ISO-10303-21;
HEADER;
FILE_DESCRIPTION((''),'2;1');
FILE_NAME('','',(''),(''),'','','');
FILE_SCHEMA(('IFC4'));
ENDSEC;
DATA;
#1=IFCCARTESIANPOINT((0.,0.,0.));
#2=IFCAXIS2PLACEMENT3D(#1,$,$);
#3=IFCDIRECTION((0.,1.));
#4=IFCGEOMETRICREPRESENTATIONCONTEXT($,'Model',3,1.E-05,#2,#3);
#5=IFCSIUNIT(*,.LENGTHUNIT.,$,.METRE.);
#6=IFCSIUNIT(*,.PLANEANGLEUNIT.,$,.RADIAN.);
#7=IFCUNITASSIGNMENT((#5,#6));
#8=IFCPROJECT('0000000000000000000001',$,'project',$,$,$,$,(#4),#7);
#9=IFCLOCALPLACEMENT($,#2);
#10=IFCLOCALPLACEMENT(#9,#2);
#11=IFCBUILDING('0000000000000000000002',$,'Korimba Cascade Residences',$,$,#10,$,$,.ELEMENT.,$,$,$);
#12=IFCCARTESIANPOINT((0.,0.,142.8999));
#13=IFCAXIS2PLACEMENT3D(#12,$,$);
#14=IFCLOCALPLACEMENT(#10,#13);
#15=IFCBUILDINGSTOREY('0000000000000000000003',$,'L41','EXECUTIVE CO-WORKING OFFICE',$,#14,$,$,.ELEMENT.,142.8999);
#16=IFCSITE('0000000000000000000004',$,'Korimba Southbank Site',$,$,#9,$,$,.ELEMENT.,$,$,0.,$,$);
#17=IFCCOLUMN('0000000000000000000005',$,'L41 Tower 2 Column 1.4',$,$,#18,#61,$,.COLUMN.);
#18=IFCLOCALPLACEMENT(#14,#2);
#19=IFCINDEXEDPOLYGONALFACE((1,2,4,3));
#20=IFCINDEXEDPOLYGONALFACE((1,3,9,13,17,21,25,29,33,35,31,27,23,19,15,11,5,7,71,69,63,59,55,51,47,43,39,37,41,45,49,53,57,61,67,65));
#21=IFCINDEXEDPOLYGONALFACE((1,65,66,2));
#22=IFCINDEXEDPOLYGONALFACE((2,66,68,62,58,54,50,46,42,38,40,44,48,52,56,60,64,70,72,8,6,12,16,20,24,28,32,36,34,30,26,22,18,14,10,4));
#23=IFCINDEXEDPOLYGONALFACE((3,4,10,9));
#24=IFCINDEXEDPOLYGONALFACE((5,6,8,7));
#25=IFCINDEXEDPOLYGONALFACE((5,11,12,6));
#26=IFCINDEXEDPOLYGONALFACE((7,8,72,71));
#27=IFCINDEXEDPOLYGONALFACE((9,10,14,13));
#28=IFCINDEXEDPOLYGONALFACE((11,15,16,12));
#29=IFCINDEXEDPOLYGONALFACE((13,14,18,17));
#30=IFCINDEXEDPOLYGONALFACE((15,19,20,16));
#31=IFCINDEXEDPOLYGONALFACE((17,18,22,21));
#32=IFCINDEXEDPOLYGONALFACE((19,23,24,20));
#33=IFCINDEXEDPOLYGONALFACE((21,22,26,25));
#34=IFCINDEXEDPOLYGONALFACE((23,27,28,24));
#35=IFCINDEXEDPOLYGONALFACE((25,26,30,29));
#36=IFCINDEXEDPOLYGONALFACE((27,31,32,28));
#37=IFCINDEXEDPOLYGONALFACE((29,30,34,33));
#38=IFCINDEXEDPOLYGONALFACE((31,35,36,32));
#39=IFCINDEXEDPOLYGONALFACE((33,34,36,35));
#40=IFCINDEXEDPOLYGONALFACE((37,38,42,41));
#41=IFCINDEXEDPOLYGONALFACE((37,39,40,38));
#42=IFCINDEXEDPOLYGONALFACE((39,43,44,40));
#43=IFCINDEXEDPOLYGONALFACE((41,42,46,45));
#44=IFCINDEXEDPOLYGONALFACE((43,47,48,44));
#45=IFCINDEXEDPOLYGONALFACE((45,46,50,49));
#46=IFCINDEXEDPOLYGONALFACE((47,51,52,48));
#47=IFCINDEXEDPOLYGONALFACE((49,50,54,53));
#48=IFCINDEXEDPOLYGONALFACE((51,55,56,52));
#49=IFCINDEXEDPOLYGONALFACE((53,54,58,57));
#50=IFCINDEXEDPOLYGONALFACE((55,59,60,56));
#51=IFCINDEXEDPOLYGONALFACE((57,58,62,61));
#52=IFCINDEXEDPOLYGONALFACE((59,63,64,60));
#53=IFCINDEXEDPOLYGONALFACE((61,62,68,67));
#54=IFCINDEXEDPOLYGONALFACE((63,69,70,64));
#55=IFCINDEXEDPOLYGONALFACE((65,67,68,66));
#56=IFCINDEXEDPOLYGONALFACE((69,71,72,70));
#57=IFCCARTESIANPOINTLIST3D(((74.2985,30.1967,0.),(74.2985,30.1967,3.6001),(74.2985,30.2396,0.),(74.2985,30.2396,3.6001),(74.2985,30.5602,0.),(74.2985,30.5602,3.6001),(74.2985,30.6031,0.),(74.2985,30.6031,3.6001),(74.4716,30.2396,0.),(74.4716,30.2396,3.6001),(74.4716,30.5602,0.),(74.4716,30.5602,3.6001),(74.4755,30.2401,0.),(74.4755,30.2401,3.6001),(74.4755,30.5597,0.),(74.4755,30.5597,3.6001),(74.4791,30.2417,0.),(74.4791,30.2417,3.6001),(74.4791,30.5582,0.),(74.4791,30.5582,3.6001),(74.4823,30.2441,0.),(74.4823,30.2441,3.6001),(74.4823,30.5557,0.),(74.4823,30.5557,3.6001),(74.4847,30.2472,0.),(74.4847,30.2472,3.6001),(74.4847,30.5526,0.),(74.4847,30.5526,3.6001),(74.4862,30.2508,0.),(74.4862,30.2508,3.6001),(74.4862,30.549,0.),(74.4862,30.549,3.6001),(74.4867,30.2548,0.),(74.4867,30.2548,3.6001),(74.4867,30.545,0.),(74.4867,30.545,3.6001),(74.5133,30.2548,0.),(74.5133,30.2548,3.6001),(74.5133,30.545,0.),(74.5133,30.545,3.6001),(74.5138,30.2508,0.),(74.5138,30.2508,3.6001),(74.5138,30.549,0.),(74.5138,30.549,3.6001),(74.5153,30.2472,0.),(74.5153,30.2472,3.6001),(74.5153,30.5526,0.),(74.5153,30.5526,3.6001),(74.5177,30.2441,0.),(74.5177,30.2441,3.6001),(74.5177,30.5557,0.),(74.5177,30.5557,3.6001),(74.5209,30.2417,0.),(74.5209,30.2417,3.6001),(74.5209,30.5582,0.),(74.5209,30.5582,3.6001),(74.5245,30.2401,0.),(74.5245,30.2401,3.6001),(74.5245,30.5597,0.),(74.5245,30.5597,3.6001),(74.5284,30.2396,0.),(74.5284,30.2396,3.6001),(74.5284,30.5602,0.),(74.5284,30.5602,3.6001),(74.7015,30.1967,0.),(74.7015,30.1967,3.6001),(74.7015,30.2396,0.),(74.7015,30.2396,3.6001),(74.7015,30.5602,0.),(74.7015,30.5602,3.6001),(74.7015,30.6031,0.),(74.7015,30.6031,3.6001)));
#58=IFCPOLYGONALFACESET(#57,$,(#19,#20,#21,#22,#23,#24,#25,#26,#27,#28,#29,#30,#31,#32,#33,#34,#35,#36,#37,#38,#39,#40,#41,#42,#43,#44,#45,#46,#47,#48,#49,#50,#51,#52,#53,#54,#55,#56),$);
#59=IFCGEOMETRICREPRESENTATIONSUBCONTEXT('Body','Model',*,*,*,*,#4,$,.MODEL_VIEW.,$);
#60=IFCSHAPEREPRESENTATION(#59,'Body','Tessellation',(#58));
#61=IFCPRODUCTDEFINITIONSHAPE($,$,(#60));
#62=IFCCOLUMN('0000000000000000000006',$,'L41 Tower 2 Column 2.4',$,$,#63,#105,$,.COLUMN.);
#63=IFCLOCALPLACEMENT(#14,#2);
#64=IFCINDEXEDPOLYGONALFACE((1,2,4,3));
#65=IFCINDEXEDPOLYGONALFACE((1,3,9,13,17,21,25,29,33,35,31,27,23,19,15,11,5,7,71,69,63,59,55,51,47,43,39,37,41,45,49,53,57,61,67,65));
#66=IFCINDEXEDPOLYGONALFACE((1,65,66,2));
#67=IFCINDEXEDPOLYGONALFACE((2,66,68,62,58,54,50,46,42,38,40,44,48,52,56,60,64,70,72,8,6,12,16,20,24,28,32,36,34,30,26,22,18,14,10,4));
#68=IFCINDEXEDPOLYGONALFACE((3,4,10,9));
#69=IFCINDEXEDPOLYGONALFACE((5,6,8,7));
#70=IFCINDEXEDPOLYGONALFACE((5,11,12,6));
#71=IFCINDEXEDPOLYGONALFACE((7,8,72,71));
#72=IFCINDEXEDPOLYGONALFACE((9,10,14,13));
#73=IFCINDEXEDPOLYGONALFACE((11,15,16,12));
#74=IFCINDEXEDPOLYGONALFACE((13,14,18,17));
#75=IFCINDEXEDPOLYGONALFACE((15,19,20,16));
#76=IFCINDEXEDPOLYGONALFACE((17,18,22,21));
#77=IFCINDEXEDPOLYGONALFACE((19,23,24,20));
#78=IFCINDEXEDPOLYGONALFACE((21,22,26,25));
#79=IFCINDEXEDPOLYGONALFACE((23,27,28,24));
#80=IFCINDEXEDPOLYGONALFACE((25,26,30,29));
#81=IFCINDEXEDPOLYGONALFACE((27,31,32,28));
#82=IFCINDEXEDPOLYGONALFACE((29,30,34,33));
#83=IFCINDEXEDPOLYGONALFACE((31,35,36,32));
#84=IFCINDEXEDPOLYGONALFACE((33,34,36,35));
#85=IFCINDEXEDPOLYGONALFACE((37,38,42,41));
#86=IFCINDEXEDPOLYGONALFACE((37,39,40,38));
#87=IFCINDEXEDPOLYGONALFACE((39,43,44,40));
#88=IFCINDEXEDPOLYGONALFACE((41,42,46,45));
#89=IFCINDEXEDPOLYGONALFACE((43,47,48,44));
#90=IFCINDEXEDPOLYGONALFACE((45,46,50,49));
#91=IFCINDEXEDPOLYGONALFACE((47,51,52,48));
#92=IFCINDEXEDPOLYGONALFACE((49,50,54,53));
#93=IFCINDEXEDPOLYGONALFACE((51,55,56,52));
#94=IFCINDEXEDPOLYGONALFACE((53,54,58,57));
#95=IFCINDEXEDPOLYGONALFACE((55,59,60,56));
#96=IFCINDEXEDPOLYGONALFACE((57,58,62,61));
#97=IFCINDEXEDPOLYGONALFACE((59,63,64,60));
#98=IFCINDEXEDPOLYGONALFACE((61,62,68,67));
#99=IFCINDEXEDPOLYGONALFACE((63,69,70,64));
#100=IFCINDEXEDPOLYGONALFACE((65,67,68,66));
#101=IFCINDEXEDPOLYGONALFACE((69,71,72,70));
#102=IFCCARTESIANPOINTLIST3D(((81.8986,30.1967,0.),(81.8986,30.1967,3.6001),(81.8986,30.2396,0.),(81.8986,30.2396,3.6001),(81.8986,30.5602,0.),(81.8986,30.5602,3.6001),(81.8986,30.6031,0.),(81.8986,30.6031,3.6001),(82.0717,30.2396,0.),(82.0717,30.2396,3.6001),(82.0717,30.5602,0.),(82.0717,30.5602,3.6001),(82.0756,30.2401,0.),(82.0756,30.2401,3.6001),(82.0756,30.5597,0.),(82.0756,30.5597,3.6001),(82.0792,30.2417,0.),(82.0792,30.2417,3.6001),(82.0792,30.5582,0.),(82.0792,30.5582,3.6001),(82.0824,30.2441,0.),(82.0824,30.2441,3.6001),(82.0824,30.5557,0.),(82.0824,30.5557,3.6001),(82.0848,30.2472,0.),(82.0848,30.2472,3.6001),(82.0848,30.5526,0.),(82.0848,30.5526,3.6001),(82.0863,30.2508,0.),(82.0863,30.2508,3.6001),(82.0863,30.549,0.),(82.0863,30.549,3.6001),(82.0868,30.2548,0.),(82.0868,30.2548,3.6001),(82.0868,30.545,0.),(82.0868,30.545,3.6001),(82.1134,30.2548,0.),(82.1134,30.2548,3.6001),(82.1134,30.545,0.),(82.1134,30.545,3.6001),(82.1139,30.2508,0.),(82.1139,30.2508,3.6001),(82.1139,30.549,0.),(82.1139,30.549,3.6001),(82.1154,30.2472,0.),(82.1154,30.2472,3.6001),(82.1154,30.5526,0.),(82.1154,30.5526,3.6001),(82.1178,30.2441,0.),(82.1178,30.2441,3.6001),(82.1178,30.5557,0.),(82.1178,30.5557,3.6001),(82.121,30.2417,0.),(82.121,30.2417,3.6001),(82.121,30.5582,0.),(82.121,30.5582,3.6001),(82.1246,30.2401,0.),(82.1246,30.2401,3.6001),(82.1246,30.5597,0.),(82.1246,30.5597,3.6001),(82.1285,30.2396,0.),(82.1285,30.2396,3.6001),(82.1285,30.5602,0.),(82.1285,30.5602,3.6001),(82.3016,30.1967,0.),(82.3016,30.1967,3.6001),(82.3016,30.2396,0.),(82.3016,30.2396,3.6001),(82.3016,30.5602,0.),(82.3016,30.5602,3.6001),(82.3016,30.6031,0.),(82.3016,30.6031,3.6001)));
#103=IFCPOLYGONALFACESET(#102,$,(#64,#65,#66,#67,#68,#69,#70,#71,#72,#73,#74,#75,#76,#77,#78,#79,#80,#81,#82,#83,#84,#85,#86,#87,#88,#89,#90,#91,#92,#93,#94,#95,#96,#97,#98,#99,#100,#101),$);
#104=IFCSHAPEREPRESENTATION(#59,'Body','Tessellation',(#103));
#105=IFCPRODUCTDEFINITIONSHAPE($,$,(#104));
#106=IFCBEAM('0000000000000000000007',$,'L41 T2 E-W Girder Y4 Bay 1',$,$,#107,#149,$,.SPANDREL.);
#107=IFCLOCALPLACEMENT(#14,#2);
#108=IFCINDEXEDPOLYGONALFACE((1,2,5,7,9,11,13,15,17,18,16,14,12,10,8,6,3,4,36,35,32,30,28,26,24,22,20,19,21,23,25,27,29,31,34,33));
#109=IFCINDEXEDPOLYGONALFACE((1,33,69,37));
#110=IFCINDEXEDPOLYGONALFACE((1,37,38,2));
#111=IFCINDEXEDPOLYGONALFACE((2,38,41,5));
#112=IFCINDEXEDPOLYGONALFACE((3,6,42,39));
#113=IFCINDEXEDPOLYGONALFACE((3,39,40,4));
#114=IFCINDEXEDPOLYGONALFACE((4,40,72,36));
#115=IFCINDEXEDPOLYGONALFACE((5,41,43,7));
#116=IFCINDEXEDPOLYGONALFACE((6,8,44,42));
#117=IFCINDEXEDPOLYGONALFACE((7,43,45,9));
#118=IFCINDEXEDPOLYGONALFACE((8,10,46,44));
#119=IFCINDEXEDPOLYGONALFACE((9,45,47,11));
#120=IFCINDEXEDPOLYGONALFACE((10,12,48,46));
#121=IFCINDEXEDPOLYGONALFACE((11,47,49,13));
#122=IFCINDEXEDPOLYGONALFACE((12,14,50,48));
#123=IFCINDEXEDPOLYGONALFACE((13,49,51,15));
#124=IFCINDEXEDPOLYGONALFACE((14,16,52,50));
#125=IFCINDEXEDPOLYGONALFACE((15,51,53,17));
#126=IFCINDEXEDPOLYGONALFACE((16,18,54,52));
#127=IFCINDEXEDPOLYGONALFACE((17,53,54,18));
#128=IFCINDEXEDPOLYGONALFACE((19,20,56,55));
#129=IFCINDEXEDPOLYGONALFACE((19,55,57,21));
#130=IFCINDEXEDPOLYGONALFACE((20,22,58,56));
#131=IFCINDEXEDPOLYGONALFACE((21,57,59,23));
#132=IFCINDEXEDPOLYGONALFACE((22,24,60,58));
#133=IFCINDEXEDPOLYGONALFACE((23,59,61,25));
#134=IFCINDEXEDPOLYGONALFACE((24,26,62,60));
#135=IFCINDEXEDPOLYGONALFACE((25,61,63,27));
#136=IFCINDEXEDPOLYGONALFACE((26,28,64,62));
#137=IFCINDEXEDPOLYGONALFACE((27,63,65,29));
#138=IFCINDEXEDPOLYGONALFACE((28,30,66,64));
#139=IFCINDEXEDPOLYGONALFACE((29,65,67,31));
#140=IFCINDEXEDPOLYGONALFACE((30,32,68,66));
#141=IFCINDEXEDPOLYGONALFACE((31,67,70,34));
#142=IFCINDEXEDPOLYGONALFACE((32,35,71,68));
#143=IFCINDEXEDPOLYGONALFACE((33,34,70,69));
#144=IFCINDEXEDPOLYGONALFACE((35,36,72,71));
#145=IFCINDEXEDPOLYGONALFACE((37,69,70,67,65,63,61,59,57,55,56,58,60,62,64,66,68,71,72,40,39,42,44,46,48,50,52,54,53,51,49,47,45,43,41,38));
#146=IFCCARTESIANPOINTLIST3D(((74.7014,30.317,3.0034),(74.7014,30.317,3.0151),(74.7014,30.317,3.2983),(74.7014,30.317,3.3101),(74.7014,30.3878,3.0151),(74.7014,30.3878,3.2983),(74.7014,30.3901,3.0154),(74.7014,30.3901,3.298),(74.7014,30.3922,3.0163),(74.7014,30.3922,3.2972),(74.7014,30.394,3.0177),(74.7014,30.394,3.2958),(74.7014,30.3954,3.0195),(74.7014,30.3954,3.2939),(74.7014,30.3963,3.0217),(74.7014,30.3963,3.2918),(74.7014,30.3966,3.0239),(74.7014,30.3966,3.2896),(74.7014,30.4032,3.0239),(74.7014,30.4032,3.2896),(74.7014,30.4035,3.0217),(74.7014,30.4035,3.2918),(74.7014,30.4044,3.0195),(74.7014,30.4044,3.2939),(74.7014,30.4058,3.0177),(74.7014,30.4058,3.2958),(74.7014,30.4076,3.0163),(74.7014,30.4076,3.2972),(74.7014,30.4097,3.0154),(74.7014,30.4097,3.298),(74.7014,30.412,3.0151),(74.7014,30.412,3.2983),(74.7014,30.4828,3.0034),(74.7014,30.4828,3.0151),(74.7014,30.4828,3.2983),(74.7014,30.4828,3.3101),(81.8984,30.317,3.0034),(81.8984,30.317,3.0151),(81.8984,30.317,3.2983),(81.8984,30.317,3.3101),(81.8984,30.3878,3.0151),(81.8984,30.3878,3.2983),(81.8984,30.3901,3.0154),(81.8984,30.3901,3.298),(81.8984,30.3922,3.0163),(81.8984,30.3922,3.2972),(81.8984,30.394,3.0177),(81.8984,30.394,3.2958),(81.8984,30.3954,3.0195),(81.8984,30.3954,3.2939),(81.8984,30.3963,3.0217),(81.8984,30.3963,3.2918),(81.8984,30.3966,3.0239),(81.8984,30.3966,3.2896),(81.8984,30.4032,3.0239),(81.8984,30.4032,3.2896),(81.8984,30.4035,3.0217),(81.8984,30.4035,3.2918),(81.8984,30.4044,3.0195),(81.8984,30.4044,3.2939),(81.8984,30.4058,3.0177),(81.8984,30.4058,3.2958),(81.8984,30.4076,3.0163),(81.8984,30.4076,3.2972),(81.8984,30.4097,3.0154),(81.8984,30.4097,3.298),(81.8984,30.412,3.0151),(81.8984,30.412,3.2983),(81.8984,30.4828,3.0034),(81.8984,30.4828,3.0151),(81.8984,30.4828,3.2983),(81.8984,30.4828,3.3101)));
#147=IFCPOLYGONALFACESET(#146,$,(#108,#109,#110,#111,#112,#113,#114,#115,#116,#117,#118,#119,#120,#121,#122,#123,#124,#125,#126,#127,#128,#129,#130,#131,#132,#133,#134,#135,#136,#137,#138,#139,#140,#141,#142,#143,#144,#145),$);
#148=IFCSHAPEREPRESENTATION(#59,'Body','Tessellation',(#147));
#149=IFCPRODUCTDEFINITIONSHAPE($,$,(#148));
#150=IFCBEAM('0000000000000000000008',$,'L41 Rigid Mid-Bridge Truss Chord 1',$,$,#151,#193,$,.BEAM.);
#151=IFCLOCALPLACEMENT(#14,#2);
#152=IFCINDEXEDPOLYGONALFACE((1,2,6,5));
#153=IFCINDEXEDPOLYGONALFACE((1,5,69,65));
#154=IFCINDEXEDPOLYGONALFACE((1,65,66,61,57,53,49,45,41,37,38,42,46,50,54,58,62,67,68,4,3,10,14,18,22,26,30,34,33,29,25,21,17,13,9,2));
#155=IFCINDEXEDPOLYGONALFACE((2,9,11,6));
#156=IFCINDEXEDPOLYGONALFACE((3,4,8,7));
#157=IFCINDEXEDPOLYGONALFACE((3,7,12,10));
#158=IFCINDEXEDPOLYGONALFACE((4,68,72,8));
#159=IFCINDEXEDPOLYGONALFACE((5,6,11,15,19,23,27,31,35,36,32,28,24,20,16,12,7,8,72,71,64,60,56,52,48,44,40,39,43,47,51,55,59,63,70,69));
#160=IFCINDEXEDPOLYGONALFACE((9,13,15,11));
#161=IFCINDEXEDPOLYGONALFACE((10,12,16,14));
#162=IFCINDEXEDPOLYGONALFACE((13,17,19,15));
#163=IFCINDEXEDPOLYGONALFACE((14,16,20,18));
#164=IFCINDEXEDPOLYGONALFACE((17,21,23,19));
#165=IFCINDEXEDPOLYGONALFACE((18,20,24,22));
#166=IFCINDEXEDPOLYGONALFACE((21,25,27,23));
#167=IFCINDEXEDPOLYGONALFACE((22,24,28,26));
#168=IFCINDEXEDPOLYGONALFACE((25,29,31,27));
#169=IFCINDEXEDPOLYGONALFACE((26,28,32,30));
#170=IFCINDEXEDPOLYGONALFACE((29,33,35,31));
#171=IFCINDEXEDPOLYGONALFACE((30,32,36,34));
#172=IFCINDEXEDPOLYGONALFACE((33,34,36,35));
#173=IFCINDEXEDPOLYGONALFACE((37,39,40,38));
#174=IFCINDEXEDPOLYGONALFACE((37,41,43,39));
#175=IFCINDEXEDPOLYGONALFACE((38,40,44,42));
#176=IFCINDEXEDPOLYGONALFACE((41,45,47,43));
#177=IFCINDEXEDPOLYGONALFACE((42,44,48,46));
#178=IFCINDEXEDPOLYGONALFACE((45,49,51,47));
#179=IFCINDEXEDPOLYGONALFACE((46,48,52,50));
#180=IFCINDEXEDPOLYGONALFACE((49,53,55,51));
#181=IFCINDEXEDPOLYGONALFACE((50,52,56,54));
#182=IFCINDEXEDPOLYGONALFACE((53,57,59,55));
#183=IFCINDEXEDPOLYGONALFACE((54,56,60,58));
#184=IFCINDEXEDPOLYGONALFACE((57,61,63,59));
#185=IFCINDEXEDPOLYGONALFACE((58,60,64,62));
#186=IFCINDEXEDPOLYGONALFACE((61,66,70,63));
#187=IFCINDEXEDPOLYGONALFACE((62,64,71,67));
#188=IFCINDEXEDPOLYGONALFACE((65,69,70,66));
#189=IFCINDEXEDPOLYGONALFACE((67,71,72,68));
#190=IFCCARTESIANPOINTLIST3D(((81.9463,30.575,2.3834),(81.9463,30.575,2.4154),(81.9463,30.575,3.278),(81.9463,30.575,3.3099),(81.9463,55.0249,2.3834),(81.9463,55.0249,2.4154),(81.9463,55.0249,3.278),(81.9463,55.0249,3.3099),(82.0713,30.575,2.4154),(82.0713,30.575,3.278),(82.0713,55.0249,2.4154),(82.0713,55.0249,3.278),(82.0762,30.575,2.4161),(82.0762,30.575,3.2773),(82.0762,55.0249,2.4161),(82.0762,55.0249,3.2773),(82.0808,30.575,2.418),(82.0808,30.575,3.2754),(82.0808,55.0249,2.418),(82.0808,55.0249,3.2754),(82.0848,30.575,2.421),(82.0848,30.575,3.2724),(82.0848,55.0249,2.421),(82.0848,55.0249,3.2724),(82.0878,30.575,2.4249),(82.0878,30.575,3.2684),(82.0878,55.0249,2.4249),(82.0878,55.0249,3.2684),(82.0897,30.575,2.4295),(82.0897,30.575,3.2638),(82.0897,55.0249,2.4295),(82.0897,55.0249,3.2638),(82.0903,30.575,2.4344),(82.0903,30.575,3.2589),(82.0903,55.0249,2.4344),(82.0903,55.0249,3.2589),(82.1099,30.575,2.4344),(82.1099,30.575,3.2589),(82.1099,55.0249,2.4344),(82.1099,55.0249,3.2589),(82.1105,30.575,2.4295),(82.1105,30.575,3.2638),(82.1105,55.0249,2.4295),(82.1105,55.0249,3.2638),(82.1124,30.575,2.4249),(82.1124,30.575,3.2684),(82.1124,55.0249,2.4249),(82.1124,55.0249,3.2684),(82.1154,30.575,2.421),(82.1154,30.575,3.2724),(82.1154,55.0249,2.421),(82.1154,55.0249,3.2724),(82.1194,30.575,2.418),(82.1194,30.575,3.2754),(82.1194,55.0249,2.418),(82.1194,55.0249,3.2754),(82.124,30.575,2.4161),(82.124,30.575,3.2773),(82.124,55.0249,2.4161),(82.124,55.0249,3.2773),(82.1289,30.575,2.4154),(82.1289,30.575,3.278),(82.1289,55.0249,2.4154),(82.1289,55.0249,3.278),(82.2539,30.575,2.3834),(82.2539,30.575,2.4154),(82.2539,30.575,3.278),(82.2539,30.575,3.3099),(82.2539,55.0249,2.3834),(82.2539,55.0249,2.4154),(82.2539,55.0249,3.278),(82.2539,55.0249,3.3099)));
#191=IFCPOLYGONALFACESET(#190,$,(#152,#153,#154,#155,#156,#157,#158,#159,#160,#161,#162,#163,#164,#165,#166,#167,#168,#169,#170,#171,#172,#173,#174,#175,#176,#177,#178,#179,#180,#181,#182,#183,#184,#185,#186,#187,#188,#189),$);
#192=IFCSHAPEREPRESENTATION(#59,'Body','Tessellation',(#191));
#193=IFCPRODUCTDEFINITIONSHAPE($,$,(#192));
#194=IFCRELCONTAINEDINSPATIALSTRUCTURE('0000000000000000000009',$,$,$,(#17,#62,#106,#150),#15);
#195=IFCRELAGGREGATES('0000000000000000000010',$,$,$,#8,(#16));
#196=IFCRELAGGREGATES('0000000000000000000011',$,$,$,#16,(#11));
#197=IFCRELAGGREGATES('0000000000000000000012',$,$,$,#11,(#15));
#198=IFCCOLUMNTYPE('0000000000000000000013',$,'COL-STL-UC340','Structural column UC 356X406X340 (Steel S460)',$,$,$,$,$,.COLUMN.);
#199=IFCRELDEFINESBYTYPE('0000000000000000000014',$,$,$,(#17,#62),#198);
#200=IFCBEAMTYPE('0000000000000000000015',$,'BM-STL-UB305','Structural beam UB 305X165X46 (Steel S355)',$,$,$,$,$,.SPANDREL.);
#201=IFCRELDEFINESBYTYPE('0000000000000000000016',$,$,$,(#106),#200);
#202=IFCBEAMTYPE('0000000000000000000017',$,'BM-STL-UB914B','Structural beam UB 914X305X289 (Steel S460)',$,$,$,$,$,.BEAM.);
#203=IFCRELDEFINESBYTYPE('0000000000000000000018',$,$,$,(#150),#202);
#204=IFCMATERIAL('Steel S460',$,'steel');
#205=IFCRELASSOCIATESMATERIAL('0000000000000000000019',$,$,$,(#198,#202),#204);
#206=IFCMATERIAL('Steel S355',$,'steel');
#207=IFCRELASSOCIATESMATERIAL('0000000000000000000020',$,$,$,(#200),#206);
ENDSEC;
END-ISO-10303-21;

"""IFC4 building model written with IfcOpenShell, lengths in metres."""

from ifc_helpers import new_model, si_unit, direction, frame, origin, origin_2d, place, context, subcontext, project, spatial, i_section, extrude, material, material_profile, profile_set, type_object, element, save


model = new_model("IFC4")

# Units and contexts
model_context = context("Model", 3, precision=1e-05, world=origin(), true_north=direction((0.0, 1.0)))
body_context = subcontext(model_context, "Body", "Model", "MODEL_VIEW")
ifc_project = project(units=[si_unit("LENGTHUNIT", "METRE"), si_unit("PLANEANGLEUNIT", "RADIAN")], contexts=[model_context])

# Site, building, storey
site_placement = place(None, origin())
site = spatial("IfcSite", under=ifc_project, at=site_placement, Name="Korimba Southbank Site", CompositionType="ELEMENT", RefElevation=0.0)
building_placement = place(site_placement, origin())
building = spatial("IfcBuilding", under=site, at=building_placement, Name="Korimba Cascade Residences", CompositionType="ELEMENT")
storey_placement = place(building_placement, frame((0.0, 0.0, 142.8999)))
storey = spatial("IfcBuildingStorey", under=building, at=storey_placement, Name="L41", Description="EXECUTIVE CO-WORKING OFFICE", CompositionType="ELEMENT", Elevation=142.8999)

# Columns
ifc_material_1 = material(Name="Steel S460", Category="steel")
ifc_material_profile_1 = material_profile(ifc_material_1, i_section(OverallWidth=0.4031, OverallDepth=0.4065, WebThickness=0.0266, FlangeThickness=0.043, FilletRadius=0.0151, at=origin_2d()), Name="Steel S460")
ifc_profile_set_1 = profile_set([ifc_material_profile_1], Name="Steel S460")
column_type = type_object("IfcColumnType", Name="COL-STL-UC340", Description="Structural column UC 356X406X340 (Steel S460)", PredefinedType="COLUMN", material=ifc_profile_set_1)
for number, where, z_axis, x_axis, name in (
    (1, (74.5, 30.3999, 0.0), (0.0, 0.0, 1.0), (1.0, 0.0, 0.0), "L41 Tower 2 Column 1.4"),
    (2, (82.1001, 30.3999, 0.0), (0.0, 0.0, 1.0), (1.0, 0.0, 0.0), "L41 Tower 2 Column 2.4"),
):
    element("IfcColumn", number, at=place(storey_placement, frame(where, z_axis=z_axis, x_axis=x_axis)), inside=storey, type_object=column_type, Name=name, PredefinedType="COLUMN", context=body_context, shape_type="SweptSolid", body=[
        extrude(i_section(OverallWidth=0.4031, OverallDepth=0.4065, WebThickness=0.0266, FlangeThickness=0.043, FilletRadius=0.0151, at=origin_2d()), origin(), (0.0, 0.0, 1.0), 3.6001),
    ])

# Beams
ifc_material_2 = material(Name="Steel S355", Category="steel")
ifc_material_profile_2 = material_profile(ifc_material_2, i_section(OverallWidth=0.1658, OverallDepth=0.3066, WebThickness=0.0066, FlangeThickness=0.0117, FilletRadius=0.0088, at=origin_2d()), Name="Steel S355")
ifc_profile_set_2 = profile_set([ifc_material_profile_2], Name="Steel S355")
beam_type_1 = type_object("IfcBeamType", Name="BM-STL-UB305", Description="Structural beam UB 305X165X46 (Steel S355)", PredefinedType="SPANDREL", material=ifc_profile_set_2)
beam_1_placement = place(storey_placement, frame((74.7014, 30.3999, 3.1567), z_axis=(1.0, 0.0, 0.0), x_axis=(0.0, 1.0, 0.0)))
element("IfcBeam", 3, at=beam_1_placement, inside=storey, type_object=beam_type_1, Name="L41 T2 E-W Girder Y4 Bay 1", PredefinedType="SPANDREL", context=body_context, shape_type="SweptSolid", body=[
    extrude(i_section(OverallWidth=0.1658, OverallDepth=0.3066, WebThickness=0.0066, FlangeThickness=0.0117, FilletRadius=0.0088, at=origin_2d()), origin(), (0.0, 0.0, 1.0), 7.197),
])
ifc_material_profile_3 = material_profile(ifc_material_1, i_section(OverallWidth=0.3076, OverallDepth=0.9265, WebThickness=0.0195, FlangeThickness=0.032, FilletRadius=0.019, at=origin_2d()), Name="Steel S460")
ifc_profile_set_3 = profile_set([ifc_material_profile_3], Name="Steel S460")
beam_type_2 = type_object("IfcBeamType", Name="BM-STL-UB914B", Description="Structural beam UB 914X305X289 (Steel S460)", PredefinedType="BEAM", material=ifc_profile_set_3)
beam_2_placement = place(storey_placement, frame((82.1001, 30.575, 2.8467), z_axis=(0.0, 1.0, 0.0), x_axis=(-1.0, 0.0, 0.0)))
element("IfcBeam", 4, at=beam_2_placement, inside=storey, type_object=beam_type_2, Name="L41 Rigid Mid-Bridge Truss Chord 1", PredefinedType="BEAM", context=body_context, shape_type="SweptSolid", body=[
    extrude(i_section(OverallWidth=0.3076, OverallDepth=0.9265, WebThickness=0.0195, FlangeThickness=0.032, FilletRadius=0.019, at=origin_2d()), origin(), (0.0, 0.0, 1.0), 24.45),
])

save(model, "model.ifc")
